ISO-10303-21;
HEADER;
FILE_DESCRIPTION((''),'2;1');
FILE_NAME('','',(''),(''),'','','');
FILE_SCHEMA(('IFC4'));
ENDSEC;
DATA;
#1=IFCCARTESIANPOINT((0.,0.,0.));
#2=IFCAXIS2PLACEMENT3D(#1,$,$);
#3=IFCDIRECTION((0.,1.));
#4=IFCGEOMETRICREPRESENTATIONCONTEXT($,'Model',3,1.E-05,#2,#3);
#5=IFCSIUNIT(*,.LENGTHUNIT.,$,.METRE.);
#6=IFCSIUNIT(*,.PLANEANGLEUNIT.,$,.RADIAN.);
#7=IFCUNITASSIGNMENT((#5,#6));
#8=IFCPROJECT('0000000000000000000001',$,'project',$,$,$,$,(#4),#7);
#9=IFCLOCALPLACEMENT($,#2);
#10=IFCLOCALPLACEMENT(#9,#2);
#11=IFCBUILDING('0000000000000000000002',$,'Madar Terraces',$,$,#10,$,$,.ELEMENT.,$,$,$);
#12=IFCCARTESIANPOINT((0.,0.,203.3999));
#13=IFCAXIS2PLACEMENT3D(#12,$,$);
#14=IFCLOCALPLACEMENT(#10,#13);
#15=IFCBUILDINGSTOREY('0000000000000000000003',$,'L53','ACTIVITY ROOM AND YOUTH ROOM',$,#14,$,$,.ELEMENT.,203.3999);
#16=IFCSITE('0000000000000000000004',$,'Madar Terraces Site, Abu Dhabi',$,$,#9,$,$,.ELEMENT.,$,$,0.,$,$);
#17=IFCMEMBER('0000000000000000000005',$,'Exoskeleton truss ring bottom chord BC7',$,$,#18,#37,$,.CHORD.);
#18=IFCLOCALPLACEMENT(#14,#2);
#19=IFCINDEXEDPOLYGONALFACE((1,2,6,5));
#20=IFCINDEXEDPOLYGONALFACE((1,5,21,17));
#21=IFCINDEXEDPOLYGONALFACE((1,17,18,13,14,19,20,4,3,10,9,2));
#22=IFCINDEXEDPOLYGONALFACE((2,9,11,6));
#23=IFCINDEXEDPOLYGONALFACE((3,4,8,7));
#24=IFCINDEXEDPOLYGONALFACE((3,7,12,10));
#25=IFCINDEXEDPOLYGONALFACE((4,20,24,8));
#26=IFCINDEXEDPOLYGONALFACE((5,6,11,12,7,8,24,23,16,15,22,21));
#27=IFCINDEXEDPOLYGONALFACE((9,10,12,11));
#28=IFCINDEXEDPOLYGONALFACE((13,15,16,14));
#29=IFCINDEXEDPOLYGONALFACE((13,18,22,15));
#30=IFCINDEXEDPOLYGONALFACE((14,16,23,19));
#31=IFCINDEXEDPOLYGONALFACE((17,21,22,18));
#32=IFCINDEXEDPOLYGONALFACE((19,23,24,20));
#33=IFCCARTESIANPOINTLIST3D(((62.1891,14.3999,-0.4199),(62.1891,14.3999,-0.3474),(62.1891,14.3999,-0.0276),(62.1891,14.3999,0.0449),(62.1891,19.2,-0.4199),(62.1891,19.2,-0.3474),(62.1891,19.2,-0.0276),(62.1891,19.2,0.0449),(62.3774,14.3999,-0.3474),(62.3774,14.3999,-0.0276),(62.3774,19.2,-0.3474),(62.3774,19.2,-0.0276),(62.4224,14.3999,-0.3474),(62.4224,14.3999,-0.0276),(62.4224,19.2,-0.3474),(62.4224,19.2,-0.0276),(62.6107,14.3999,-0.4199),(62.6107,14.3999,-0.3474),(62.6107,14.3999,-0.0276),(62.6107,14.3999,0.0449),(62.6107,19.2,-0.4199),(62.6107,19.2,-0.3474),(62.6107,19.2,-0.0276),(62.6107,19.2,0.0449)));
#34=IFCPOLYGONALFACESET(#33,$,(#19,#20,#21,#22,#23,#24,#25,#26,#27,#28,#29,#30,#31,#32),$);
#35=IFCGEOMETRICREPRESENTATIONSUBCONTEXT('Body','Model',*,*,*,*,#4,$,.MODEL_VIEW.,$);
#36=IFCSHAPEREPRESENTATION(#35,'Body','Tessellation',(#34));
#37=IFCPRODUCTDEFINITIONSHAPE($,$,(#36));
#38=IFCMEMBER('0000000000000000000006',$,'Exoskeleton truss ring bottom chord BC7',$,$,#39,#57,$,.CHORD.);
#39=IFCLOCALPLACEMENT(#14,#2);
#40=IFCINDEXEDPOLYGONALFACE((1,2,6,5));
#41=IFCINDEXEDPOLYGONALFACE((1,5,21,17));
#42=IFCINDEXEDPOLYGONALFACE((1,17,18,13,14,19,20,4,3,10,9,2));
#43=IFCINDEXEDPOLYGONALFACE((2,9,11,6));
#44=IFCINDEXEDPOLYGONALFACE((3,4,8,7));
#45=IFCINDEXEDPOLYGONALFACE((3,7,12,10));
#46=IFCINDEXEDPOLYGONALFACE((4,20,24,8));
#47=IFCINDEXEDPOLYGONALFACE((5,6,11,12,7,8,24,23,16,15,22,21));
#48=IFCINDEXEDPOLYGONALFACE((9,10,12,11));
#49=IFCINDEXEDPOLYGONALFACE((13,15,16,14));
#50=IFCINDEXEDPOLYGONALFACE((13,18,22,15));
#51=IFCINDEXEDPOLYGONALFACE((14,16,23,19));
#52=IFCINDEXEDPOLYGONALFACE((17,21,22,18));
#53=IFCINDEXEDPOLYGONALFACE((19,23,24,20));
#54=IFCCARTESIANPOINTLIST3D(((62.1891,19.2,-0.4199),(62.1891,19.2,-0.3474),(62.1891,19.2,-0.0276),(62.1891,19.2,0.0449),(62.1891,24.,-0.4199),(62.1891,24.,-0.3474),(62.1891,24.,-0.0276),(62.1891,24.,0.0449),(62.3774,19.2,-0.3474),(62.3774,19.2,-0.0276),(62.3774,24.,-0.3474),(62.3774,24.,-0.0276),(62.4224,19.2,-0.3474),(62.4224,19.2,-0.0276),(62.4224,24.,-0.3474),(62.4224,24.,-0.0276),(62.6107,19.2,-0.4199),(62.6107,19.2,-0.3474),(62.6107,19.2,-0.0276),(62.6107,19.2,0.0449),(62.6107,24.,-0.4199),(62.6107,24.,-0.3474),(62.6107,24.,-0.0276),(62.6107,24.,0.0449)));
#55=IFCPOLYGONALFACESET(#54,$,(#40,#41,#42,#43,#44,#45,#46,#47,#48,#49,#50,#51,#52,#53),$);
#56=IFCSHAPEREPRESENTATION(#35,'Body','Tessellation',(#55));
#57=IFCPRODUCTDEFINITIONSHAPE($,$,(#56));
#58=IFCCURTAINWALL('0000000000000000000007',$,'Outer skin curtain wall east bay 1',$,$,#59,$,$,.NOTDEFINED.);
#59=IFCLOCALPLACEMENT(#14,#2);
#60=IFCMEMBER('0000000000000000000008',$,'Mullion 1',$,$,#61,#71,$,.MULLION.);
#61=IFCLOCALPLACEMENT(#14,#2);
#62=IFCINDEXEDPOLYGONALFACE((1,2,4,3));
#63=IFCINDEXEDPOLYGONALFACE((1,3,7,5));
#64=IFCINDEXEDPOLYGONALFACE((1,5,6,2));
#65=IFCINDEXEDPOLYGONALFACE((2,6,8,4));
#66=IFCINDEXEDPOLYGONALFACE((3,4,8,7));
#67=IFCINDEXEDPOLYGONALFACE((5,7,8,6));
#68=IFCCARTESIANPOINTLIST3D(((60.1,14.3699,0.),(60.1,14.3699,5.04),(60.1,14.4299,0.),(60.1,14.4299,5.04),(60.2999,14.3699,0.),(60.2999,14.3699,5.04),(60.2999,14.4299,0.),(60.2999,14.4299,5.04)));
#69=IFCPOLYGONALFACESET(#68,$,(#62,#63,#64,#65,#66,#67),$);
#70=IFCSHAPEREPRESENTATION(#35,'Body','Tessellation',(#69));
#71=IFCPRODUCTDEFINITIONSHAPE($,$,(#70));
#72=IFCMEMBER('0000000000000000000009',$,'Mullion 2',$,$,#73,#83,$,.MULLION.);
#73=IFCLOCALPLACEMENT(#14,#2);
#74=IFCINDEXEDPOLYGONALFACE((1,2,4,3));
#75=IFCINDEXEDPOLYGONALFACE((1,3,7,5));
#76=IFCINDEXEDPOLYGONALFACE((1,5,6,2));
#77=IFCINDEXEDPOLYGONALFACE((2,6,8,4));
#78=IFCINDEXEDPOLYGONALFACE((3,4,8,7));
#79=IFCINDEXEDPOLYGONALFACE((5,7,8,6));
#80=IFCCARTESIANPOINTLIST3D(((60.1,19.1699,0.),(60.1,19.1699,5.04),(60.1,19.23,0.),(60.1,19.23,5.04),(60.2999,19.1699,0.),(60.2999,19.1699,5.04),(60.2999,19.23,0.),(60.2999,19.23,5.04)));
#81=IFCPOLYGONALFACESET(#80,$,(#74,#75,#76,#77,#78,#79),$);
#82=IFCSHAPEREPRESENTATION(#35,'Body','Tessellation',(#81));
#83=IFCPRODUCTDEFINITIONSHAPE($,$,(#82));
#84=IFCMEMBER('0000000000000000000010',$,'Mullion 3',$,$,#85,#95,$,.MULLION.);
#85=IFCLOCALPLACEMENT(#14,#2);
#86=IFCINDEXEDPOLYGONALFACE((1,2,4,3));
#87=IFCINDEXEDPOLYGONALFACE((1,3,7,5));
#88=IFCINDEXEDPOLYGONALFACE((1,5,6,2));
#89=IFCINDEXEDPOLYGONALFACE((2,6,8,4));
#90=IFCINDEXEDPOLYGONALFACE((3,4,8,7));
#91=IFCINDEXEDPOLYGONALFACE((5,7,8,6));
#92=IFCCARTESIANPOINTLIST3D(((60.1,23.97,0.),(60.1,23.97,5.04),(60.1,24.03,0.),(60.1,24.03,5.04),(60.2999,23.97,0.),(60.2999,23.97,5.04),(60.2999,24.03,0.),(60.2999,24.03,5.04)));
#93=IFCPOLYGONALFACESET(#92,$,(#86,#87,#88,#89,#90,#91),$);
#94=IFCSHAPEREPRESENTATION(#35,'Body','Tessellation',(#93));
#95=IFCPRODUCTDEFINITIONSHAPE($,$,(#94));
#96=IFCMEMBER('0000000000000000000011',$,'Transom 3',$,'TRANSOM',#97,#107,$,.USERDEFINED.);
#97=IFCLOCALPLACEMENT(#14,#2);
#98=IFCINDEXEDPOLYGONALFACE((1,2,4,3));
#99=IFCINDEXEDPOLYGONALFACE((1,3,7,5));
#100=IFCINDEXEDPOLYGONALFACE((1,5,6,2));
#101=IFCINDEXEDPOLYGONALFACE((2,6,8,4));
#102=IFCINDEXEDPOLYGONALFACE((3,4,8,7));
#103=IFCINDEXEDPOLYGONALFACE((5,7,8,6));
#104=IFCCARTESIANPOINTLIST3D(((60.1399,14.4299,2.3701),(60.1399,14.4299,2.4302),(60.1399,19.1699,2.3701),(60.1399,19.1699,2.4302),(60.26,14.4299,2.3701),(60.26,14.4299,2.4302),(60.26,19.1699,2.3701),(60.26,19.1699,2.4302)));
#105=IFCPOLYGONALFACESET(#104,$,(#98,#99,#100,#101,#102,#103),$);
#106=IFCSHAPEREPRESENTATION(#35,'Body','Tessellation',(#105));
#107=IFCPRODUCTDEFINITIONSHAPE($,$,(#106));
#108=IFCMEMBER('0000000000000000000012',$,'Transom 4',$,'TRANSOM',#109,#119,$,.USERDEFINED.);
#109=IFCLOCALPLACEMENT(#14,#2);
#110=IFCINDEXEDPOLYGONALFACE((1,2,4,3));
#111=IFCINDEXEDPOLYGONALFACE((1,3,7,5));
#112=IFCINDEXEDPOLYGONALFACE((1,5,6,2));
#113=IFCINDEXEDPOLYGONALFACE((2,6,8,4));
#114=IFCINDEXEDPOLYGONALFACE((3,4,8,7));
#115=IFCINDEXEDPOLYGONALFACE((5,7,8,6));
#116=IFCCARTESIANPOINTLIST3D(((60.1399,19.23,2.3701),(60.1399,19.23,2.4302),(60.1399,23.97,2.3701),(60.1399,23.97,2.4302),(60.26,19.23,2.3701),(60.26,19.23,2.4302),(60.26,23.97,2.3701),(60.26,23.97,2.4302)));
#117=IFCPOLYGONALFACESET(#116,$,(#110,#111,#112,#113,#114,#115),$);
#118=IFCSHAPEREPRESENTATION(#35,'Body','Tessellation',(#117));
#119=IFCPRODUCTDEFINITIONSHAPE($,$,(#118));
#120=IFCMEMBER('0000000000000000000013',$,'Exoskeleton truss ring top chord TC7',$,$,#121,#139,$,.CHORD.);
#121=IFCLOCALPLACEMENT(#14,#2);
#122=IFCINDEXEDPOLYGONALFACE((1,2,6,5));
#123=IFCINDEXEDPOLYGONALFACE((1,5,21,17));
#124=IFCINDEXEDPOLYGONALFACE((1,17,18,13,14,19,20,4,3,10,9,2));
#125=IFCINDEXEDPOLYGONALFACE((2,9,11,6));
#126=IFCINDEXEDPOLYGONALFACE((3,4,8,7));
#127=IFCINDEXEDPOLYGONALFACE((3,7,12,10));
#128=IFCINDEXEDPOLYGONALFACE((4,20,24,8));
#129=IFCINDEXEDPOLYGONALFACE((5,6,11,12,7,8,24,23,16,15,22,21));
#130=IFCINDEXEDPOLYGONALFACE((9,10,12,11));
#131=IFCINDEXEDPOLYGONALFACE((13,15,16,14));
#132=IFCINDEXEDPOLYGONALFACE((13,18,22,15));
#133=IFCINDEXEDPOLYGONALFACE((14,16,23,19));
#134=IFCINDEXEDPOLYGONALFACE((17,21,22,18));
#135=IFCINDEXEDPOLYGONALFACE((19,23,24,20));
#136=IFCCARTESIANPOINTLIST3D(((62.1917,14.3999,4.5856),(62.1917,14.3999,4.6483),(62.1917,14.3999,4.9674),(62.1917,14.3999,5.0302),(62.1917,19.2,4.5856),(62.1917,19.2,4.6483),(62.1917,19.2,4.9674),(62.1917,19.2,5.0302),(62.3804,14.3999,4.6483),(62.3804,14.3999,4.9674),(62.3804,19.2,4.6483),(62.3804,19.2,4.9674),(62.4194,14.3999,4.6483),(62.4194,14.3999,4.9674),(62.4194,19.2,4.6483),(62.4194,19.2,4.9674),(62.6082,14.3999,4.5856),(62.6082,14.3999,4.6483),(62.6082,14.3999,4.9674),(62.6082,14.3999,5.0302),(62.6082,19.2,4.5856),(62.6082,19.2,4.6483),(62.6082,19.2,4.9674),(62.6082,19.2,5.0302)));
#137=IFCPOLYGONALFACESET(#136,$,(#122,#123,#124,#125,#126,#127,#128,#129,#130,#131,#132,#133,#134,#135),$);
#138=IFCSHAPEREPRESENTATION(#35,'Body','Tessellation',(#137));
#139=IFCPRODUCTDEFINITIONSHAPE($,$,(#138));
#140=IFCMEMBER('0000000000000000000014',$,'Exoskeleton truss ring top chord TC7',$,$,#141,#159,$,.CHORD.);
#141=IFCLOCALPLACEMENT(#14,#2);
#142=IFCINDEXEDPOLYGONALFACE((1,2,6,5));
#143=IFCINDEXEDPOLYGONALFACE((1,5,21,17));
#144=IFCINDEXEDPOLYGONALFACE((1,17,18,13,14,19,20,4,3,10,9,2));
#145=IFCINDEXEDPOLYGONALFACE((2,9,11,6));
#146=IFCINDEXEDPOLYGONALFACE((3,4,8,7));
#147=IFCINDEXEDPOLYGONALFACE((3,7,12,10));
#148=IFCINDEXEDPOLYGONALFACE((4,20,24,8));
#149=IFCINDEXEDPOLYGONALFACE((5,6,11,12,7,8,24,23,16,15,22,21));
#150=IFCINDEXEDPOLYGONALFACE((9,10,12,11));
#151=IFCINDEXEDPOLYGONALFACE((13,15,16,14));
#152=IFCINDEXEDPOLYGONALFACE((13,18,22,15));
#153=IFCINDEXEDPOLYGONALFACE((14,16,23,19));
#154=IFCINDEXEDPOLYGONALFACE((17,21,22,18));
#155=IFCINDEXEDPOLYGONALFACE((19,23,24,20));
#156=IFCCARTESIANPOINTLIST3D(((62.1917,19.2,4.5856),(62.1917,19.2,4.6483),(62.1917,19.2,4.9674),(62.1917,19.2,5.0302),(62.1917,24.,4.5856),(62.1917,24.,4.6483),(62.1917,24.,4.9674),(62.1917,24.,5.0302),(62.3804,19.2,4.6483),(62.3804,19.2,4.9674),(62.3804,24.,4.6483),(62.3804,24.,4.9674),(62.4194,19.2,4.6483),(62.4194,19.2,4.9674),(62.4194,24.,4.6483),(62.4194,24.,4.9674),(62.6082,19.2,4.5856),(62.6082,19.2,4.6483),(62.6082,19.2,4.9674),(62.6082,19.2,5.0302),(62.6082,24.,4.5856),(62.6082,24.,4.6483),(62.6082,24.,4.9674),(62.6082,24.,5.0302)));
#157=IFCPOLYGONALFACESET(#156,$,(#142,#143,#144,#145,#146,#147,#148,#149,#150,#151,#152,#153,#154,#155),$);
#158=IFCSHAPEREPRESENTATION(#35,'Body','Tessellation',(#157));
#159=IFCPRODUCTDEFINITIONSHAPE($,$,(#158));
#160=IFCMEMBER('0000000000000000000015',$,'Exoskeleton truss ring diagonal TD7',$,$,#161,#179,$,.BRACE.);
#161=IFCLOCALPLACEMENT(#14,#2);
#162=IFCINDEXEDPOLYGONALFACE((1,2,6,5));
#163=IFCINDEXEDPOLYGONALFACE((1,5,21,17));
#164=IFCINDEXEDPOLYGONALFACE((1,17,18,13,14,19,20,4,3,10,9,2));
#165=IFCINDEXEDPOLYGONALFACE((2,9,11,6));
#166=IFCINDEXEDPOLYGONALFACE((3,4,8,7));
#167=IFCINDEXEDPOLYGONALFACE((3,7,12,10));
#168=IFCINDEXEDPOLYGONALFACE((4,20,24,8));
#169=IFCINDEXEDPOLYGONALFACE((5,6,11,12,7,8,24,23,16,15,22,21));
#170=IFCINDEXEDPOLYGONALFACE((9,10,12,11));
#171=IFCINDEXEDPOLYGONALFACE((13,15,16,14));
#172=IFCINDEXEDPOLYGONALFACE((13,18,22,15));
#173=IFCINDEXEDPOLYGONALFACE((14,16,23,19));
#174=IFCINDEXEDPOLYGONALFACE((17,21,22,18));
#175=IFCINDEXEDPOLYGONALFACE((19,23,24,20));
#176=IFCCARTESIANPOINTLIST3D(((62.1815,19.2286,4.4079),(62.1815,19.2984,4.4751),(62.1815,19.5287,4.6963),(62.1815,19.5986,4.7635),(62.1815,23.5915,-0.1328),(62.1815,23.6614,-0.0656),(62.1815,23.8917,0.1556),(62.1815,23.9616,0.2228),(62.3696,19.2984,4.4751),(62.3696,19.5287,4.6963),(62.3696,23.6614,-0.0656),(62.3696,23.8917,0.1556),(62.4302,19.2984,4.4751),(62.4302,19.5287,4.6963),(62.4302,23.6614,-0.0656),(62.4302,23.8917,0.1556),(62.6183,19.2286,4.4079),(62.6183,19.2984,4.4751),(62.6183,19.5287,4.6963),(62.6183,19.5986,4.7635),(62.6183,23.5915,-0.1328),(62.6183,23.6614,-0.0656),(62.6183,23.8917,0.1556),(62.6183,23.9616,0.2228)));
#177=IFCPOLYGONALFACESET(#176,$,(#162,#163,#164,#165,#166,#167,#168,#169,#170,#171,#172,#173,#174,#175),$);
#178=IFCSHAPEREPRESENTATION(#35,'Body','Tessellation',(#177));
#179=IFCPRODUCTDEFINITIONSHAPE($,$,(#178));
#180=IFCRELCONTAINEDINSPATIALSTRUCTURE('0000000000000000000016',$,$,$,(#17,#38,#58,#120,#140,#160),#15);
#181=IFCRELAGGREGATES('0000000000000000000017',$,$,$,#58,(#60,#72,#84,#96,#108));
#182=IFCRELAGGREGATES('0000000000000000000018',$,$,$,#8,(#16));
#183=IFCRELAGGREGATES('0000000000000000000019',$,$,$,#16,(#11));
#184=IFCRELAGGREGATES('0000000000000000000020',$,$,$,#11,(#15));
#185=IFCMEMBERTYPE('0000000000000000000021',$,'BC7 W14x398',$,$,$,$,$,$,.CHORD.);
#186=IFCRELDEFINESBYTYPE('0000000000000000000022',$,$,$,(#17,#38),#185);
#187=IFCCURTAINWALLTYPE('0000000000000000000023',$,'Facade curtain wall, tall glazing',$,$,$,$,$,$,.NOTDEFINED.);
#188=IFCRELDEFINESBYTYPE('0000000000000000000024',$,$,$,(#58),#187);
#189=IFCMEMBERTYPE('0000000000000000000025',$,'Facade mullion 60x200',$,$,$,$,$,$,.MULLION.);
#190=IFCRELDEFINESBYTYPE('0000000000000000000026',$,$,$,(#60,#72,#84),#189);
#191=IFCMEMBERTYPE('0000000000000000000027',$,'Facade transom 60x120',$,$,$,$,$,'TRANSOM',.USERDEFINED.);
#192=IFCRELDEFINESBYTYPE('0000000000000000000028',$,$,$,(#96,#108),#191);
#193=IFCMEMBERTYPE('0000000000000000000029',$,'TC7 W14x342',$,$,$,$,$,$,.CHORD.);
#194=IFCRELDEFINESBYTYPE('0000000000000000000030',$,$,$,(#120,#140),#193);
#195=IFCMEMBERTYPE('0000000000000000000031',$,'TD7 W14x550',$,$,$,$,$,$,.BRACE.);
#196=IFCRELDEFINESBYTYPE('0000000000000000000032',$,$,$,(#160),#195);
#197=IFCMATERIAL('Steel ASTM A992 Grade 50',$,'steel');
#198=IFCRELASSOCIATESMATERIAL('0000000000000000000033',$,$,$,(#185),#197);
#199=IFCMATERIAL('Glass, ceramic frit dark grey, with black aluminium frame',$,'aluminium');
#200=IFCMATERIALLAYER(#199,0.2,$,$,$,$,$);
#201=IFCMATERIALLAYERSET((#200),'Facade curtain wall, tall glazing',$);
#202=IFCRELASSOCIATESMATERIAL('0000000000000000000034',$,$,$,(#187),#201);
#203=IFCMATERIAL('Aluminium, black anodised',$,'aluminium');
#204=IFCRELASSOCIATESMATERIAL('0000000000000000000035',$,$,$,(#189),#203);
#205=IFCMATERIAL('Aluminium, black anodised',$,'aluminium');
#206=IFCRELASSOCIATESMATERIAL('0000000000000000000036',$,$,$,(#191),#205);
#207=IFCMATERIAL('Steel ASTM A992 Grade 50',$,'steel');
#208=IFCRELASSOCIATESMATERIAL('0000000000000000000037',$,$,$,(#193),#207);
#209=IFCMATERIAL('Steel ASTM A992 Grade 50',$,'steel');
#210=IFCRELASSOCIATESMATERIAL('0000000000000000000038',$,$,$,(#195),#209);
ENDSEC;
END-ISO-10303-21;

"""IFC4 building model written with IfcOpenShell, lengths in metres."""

from ifc_helpers import new_model, si_unit, direction, frame, origin, origin_2d, place, context, subcontext, project, spatial, rectangle, i_section, extrude, material, layer, layer_set, material_profile, profile_set, type_object, element, aggregate, save


model = new_model("IFC4")

# Units and contexts
model_context = context("Model", 3, precision=1e-05, world=origin(), true_north=direction((0.0, 1.0)))
body_context = subcontext(model_context, "Body", "Model", "MODEL_VIEW")
ifc_project = project(units=[si_unit("LENGTHUNIT", "METRE"), si_unit("PLANEANGLEUNIT", "RADIAN")], contexts=[model_context])

# Site, building, storey
site_placement = place(None, origin())
site = spatial("IfcSite", under=ifc_project, at=site_placement, Name="Madar Terraces Site, Abu Dhabi", CompositionType="ELEMENT", RefElevation=0.0)
building_placement = place(site_placement, origin())
building = spatial("IfcBuilding", under=site, at=building_placement, Name="Madar Terraces", CompositionType="ELEMENT")
storey_placement = place(building_placement, frame((0.0, 0.0, 203.3999)))
storey = spatial("IfcBuildingStorey", under=building, at=storey_placement, Name="L53", Description="ACTIVITY ROOM AND YOUTH ROOM", CompositionType="ELEMENT", Elevation=203.3999)

# Members
ifc_material_1 = material(Name="Steel ASTM A992 Grade 50", Category="steel")
ifc_material_profile_1 = material_profile(ifc_material_1, i_section(OverallWidth=0.4216, OverallDepth=0.4648, WebThickness=0.0449, FlangeThickness=0.0725, at=origin_2d()), Name="W14x398")
ifc_profile_set_1 = profile_set([ifc_material_profile_1], Name="Steel ASTM A992 Grade 50")
member_type_1 = type_object("IfcMemberType", Name="BC7 W14x398", PredefinedType="CHORD", material=ifc_profile_set_1)
for number, where, z_axis, x_axis, name in (
    (1, (62.3999, 14.3999, -0.1875), (0.0, 1.0, 0.0), (-1.0, 0.0, 0.0), "Exoskeleton truss ring bottom chord BC7"),
    (2, (62.3999, 19.2, -0.1875), (0.0, 1.0, 0.0), (-1.0, 0.0, 0.0), "Exoskeleton truss ring bottom chord BC7"),
):
    element("IfcMember", number, at=place(storey_placement, frame(where, z_axis=z_axis, x_axis=x_axis)), inside=storey, type_object=member_type_1, Name=name, PredefinedType="CHORD", context=body_context, shape_type="SweptSolid", body=[
        extrude(i_section(OverallWidth=0.4216, OverallDepth=0.4648, WebThickness=0.0449, FlangeThickness=0.0725, at=origin_2d()), origin(), (0.0, 0.0, 1.0), 4.8),
    ])

# Curtain wall, members
ifc_material_2 = material(Name="Glass, ceramic frit dark grey, with black aluminium frame", Category="aluminium")
ifc_layer_1 = layer(ifc_material_2, 0.2)
ifc_layer_set_1 = layer_set([ifc_layer_1], Name="Facade curtain wall, tall glazing")
curtain_wall_type = type_object("IfcCurtainWallType", Name="Facade curtain wall, tall glazing", PredefinedType="NOTDEFINED", material=ifc_layer_set_1)
curtain_wall_placement = place(storey_placement, origin())
curtain_wall = element("IfcCurtainWall", 3, at=curtain_wall_placement, inside=storey, type_object=curtain_wall_type, Name="Outer skin curtain wall east bay 1", PredefinedType="NOTDEFINED")
ifc_material_3 = material(Name="Aluminium, black anodised", Category="aluminium")
ifc_material_profile_2 = material_profile(ifc_material_3, rectangle(XDim=0.2, YDim=0.0601, at=origin_2d()), Name="Facade mullion 60x200")
ifc_profile_set_2 = profile_set([ifc_material_profile_2], Name="Aluminium, black anodised")
member_type_2 = type_object("IfcMemberType", Name="Facade mullion 60x200", PredefinedType="MULLION", material=ifc_profile_set_2)
member_1_placement = place(storey_placement, frame((60.2, 14.3999, 0.0), z_axis=(0.0, 0.0, 1.0), x_axis=(-1.0, 0.0, 0.0)))
member_1 = element("IfcMember", 4, at=member_1_placement, type_object=member_type_2, Name="Mullion 1", PredefinedType="MULLION", context=body_context, shape_type="SweptSolid", body=[
    extrude(rectangle(XDim=0.2, YDim=0.0601, at=origin_2d()), origin(), (0.0, 0.0, 1.0), 5.04),
])
member_2_placement = place(storey_placement, frame((60.2, 19.2, 0.0), z_axis=(0.0, 0.0, 1.0), x_axis=(-1.0, 0.0, 0.0)))
member_2 = element("IfcMember", 5, at=member_2_placement, type_object=member_type_2, Name="Mullion 2", PredefinedType="MULLION", context=body_context, shape_type="SweptSolid", body=[
    extrude(rectangle(XDim=0.2, YDim=0.0601, at=origin_2d()), origin(), (0.0, 0.0, 1.0), 5.04),
])
member_3_placement = place(storey_placement, frame((60.2, 24.0, 0.0), z_axis=(0.0, 0.0, 1.0), x_axis=(-1.0, 0.0, 0.0)))
member_3 = element("IfcMember", 6, at=member_3_placement, type_object=member_type_2, Name="Mullion 3", PredefinedType="MULLION", context=body_context, shape_type="SweptSolid", body=[
    extrude(rectangle(XDim=0.2, YDim=0.0601, at=origin_2d()), origin(), (0.0, 0.0, 1.0), 5.04),
])
ifc_material_4 = material(Name="Aluminium, black anodised", Category="aluminium")
ifc_material_profile_3 = material_profile(ifc_material_4, rectangle(XDim=0.1201, YDim=0.0601, at=origin_2d()), Name="Facade transom 60x120")
ifc_profile_set_3 = profile_set([ifc_material_profile_3], Name="Aluminium, black anodised")
member_type_3 = type_object("IfcMemberType", Name="Facade transom 60x120", ElementType="TRANSOM", PredefinedType="USERDEFINED", material=ifc_profile_set_3)
member_4_placement = place(storey_placement, frame((60.2, 14.4299, 2.4001), z_axis=(0.0, 1.0, 0.0), x_axis=(-1.0, 0.0, 0.0)))
member_4 = element("IfcMember", 7, at=member_4_placement, type_object=member_type_3, Name="Transom 3", ObjectType="TRANSOM", PredefinedType="USERDEFINED", context=body_context, shape_type="SweptSolid", body=[
    extrude(rectangle(XDim=0.1201, YDim=0.0601, at=origin_2d()), origin(), (0.0, 0.0, 1.0), 4.74),
])
member_5_placement = place(storey_placement, frame((60.2, 19.23, 2.4001), z_axis=(0.0, 1.0, 0.0), x_axis=(-1.0, 0.0, 0.0)))
member_5 = element("IfcMember", 8, at=member_5_placement, type_object=member_type_3, Name="Transom 4", ObjectType="TRANSOM", PredefinedType="USERDEFINED", context=body_context, shape_type="SweptSolid", body=[
    extrude(rectangle(XDim=0.1201, YDim=0.0601, at=origin_2d()), origin(), (0.0, 0.0, 1.0), 4.74),
])

# Members
ifc_material_5 = material(Name="Steel ASTM A992 Grade 50", Category="steel")
ifc_material_profile_4 = material_profile(ifc_material_5, i_section(OverallWidth=0.4165, OverallDepth=0.4446, WebThickness=0.0391, FlangeThickness=0.0627, at=origin_2d()), Name="W14x342")
ifc_profile_set_4 = profile_set([ifc_material_profile_4], Name="Steel ASTM A992 Grade 50")
member_type_4 = type_object("IfcMemberType", Name="TC7 W14x342", PredefinedType="CHORD", material=ifc_profile_set_4)
for number, where, z_axis, x_axis, name in (
    (9, (62.3999, 14.3999, 4.8079), (0.0, 1.0, 0.0), (-1.0, 0.0, 0.0), "Exoskeleton truss ring top chord TC7"),
    (10, (62.3999, 19.2, 4.8079), (0.0, 1.0, 0.0), (-1.0, 0.0, 0.0), "Exoskeleton truss ring top chord TC7"),
):
    element("IfcMember", number, at=place(storey_placement, frame(where, z_axis=z_axis, x_axis=x_axis)), inside=storey, type_object=member_type_4, Name=name, PredefinedType="CHORD", context=body_context, shape_type="SweptSolid", body=[
        extrude(i_section(OverallWidth=0.4165, OverallDepth=0.4446, WebThickness=0.0391, FlangeThickness=0.0627, at=origin_2d()), origin(), (0.0, 0.0, 1.0), 4.8),
    ])
ifc_material_6 = material(Name="Steel ASTM A992 Grade 50", Category="steel")
ifc_material_profile_5 = material_profile(ifc_material_6, i_section(OverallWidth=0.4368, OverallDepth=0.5132, WebThickness=0.0605, FlangeThickness=0.0969, at=origin_2d()), Name="W14x550")
ifc_profile_set_5 = profile_set([ifc_material_profile_5], Name="Steel ASTM A992 Grade 50")
member_type_5 = type_object("IfcMemberType", Name="TD7 W14x550", PredefinedType="BRACE", material=ifc_profile_set_5)
member_6_placement = place(storey_placement, frame((62.3999, 19.4136, 4.5857), z_axis=(0.0, 0.692854, -0.721078), x_axis=(-1.0, 0.0, 0.0)))
element("IfcMember", 11, at=member_6_placement, inside=storey, type_object=member_type_5, Name="Exoskeleton truss ring diagonal TD7", PredefinedType="BRACE", context=body_context, shape_type="SweptSolid", body=[
    extrude(i_section(OverallWidth=0.4368, OverallDepth=0.5132, WebThickness=0.0605, FlangeThickness=0.0969, at=origin_2d()), origin(), (0.0, 0.0, 1.0), 6.2971),
])

aggregate(curtain_wall, [member_1, member_2, member_3, member_4, member_5])

save(model, "model.ifc")
